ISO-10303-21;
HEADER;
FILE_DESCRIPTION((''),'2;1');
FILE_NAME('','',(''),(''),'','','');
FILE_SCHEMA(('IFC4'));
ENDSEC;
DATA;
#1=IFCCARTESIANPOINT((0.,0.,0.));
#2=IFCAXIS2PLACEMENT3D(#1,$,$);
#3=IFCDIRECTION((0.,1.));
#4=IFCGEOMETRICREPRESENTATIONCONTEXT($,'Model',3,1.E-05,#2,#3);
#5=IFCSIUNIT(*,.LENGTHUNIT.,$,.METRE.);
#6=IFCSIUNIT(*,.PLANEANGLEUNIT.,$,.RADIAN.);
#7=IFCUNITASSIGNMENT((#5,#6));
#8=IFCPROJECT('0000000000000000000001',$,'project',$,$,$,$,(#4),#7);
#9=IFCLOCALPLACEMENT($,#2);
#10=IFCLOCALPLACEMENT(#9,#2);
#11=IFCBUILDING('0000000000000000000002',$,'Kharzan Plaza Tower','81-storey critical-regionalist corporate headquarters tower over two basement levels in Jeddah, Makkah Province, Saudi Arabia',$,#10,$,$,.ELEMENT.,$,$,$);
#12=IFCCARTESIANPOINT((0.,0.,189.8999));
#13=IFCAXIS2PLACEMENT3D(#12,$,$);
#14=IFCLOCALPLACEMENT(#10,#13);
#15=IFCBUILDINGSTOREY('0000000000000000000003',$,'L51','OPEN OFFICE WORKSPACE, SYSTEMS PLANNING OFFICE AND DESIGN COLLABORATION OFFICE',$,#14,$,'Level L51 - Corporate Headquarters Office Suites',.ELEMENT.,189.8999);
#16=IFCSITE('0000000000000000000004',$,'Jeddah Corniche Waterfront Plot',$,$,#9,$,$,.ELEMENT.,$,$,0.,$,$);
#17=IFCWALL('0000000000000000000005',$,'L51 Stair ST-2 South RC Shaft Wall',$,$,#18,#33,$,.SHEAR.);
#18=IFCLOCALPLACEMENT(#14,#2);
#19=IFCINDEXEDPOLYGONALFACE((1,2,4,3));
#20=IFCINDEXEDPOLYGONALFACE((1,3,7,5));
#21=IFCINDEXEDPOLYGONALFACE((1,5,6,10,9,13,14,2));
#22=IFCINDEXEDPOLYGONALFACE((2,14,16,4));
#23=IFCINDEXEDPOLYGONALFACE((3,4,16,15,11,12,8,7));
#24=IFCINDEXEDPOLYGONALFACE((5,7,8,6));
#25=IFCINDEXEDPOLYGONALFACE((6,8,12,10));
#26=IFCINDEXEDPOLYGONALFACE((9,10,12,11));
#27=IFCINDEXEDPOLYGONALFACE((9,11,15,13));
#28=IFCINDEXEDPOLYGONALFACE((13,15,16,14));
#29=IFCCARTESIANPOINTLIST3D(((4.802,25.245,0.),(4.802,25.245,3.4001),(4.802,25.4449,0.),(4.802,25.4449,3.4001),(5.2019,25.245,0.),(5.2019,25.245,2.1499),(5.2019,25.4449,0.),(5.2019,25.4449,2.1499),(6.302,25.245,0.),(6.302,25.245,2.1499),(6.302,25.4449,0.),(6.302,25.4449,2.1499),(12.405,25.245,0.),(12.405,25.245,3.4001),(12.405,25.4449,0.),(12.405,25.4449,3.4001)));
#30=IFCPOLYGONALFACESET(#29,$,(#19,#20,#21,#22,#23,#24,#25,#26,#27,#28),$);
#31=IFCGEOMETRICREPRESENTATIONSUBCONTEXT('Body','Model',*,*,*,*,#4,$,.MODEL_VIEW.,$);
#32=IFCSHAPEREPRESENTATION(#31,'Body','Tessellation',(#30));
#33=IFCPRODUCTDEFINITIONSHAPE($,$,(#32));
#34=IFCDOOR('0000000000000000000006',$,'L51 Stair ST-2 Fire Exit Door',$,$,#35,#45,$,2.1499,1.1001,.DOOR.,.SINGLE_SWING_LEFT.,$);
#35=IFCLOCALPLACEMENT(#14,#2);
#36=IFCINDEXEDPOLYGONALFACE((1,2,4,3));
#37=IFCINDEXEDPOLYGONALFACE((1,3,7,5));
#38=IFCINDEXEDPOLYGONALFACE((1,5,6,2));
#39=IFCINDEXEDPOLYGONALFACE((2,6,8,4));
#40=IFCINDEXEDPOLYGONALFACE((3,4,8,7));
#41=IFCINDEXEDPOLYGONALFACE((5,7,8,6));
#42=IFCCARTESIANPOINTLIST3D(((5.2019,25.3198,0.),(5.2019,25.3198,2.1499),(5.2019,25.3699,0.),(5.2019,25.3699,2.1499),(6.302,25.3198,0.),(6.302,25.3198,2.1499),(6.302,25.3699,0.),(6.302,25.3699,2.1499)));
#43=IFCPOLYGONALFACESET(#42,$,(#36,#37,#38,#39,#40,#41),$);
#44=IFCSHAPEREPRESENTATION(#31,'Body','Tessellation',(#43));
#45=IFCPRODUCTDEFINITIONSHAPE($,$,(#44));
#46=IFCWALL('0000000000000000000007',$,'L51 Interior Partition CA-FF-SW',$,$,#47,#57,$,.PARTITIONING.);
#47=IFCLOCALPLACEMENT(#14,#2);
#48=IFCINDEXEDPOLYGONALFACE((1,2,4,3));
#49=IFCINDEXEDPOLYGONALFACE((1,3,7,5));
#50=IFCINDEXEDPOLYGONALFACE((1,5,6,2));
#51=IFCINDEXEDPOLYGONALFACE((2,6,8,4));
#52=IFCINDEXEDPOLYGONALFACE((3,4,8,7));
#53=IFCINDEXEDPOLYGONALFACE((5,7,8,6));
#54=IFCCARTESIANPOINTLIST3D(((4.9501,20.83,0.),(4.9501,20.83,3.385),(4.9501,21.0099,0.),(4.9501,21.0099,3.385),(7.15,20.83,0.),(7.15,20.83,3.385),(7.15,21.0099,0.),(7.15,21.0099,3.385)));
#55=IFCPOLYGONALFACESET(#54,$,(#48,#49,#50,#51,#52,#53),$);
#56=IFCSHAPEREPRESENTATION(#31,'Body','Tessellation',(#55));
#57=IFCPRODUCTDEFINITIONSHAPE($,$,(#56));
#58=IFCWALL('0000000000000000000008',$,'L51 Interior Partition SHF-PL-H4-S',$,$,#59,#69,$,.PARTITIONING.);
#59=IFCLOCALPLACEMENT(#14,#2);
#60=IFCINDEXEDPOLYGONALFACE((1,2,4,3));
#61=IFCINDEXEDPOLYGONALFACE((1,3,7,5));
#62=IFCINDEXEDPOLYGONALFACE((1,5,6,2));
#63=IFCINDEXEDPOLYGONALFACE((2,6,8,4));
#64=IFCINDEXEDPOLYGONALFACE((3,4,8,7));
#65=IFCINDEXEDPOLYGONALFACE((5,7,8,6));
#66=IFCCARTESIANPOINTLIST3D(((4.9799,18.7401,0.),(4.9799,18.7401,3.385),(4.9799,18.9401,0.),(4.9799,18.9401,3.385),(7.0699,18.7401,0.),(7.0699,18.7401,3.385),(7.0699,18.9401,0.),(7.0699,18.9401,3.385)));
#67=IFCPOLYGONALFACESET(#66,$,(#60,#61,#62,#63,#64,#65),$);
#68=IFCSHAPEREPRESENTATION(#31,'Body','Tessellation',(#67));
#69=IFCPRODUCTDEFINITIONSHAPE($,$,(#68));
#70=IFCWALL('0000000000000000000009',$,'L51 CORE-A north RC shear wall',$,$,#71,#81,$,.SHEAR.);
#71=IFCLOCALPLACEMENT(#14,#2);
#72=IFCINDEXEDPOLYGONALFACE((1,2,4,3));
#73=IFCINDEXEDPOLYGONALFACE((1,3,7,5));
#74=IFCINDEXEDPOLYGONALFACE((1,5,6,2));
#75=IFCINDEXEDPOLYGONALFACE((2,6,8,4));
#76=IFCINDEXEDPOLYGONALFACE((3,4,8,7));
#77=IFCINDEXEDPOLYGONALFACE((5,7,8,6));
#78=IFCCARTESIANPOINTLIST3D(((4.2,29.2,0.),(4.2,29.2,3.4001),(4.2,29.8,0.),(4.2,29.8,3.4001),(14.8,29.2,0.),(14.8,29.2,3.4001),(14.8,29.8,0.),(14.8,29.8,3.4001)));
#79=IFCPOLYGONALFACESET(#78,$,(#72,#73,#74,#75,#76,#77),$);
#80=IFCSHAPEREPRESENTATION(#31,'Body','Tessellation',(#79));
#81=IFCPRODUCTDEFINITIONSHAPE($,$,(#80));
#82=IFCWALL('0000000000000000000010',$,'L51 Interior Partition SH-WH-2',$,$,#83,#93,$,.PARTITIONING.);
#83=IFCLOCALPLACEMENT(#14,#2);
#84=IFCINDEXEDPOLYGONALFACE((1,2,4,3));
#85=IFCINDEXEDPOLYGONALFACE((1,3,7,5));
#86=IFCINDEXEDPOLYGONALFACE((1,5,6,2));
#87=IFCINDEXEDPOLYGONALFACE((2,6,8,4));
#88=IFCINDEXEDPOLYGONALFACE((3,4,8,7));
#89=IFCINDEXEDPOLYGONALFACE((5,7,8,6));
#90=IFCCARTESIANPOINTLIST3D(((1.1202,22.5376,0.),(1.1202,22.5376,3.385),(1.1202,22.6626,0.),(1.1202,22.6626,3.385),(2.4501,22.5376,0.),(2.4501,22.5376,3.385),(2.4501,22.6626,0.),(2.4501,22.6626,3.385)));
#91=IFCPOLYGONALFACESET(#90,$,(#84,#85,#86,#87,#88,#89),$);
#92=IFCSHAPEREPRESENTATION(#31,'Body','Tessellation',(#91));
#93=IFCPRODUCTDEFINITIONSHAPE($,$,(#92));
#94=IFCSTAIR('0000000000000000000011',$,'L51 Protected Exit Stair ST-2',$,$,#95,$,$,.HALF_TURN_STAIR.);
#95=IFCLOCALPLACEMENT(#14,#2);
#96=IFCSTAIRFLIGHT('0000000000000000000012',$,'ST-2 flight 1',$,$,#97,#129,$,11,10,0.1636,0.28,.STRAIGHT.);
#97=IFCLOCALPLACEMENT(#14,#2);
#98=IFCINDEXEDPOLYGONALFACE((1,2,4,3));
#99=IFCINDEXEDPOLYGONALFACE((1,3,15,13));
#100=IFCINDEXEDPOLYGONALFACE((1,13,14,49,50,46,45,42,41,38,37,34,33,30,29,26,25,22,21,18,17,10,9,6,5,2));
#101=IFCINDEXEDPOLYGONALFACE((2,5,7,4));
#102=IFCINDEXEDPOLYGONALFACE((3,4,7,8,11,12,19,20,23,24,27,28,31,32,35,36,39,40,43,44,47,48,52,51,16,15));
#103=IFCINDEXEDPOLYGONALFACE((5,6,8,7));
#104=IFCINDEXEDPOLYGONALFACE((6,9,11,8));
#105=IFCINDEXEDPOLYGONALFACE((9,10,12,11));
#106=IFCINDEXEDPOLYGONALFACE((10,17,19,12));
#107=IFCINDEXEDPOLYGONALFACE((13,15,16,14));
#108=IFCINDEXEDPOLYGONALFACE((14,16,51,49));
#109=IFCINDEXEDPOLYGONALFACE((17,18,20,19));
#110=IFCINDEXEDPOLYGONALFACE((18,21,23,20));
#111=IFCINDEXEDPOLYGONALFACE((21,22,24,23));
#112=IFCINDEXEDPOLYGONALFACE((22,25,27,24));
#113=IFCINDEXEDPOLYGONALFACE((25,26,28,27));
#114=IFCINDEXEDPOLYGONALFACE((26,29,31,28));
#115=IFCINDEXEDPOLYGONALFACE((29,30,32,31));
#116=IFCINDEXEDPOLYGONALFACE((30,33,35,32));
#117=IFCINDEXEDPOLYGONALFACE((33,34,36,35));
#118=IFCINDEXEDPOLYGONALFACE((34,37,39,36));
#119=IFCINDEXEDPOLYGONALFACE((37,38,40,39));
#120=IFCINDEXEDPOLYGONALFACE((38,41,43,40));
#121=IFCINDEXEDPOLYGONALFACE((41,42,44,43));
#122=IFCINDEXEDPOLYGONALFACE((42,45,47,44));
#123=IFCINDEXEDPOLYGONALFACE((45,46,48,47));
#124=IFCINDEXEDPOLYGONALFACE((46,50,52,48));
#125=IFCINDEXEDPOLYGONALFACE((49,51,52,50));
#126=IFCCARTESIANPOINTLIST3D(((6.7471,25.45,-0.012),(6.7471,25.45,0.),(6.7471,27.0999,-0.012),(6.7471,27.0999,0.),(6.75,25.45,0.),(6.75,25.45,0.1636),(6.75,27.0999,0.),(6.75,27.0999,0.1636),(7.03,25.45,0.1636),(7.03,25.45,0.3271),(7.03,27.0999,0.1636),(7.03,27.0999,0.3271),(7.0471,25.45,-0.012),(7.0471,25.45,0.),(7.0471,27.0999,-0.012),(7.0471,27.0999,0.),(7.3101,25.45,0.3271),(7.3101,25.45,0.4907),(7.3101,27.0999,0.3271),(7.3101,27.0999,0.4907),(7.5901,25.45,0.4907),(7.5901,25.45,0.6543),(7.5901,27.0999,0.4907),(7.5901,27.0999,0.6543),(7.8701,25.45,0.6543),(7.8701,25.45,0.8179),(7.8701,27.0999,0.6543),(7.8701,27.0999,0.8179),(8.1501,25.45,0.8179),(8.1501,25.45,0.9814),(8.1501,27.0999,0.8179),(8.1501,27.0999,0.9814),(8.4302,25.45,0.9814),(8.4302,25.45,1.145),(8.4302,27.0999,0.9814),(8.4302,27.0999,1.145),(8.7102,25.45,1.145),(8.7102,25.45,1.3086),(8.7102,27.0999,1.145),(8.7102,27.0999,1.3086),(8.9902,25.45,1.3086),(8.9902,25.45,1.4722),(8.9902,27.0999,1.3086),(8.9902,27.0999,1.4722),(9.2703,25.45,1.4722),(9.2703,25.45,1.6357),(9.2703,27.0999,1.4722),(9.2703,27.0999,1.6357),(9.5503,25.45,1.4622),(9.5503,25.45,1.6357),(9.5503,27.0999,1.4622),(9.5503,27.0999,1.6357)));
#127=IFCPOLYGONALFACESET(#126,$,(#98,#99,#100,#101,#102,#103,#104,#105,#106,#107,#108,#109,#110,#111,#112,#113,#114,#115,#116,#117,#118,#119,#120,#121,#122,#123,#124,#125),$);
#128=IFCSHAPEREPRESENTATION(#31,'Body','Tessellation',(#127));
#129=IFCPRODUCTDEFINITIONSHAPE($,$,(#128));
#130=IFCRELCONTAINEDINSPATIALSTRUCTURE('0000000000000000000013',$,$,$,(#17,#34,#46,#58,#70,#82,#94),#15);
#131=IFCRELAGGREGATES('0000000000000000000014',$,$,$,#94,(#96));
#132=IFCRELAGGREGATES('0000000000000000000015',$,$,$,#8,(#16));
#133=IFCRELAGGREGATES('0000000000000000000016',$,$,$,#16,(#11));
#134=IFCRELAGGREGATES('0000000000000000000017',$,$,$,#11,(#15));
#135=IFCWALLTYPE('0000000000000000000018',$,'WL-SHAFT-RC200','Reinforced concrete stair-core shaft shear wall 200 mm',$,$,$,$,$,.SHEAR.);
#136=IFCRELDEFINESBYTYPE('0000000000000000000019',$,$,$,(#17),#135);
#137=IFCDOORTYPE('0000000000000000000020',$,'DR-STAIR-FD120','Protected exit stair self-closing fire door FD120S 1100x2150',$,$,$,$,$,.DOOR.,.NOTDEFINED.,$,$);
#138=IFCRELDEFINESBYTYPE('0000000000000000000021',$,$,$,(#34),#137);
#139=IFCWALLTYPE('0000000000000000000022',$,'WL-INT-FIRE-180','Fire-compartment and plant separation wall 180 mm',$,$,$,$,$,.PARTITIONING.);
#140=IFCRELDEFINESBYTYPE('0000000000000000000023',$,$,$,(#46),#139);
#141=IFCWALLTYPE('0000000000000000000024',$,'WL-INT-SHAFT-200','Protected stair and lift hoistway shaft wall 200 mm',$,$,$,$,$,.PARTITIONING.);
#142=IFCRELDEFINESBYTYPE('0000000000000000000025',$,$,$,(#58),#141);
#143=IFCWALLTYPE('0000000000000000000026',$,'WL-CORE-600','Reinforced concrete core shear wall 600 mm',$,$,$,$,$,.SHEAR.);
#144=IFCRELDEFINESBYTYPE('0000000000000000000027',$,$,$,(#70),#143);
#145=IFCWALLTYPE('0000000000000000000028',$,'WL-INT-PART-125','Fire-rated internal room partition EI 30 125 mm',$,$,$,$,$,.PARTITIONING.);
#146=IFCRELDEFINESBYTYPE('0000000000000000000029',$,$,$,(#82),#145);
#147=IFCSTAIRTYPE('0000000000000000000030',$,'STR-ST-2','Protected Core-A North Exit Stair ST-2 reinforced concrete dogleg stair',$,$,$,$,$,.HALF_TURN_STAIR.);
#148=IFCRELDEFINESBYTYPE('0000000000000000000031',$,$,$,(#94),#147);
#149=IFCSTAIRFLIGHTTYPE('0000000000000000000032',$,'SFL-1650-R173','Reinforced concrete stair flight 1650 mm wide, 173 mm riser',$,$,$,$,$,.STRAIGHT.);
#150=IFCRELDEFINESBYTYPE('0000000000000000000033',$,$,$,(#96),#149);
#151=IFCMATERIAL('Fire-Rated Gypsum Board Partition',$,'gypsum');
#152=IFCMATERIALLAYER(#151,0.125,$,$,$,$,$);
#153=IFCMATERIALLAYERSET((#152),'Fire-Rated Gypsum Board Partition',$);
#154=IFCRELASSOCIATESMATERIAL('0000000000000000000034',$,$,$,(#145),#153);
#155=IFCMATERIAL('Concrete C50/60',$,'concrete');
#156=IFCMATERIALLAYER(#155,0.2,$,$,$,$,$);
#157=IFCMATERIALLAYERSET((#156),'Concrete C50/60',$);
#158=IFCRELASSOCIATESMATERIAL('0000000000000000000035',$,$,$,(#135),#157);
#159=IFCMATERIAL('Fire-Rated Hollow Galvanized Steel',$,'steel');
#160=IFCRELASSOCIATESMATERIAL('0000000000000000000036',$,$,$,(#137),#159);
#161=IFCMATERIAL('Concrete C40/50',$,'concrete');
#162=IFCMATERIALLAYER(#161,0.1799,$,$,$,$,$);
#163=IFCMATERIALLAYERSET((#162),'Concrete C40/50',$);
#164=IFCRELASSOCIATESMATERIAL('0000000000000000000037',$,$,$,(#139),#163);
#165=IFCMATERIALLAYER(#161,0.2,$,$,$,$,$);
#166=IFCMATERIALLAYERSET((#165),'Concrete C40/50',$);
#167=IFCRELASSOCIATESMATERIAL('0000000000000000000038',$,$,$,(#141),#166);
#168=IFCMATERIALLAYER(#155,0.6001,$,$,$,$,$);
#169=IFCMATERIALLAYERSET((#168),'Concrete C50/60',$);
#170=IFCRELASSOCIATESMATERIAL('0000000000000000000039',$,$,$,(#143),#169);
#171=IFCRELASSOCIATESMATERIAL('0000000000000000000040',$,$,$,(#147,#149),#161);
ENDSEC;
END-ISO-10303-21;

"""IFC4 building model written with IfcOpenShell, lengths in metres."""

from ifc_helpers import new_model, si_unit, direction, frame, frame_2d, origin, place, context, subcontext, project, spatial, polyline, rectangle, outline, extrude, source, transform, mapped, material, layer, layer_set, type_object, element, fill, aggregate, save


model = new_model("IFC4")

# Units and contexts
model_context = context("Model", 3, precision=1e-05, world=origin(), true_north=direction((0.0, 1.0)))
body_context = subcontext(model_context, "Body", "Model", "MODEL_VIEW")
ifc_project = project(units=[si_unit("LENGTHUNIT", "METRE"), si_unit("PLANEANGLEUNIT", "RADIAN")], contexts=[model_context])

# Site, building, storey
site_placement = place(None, origin())
site = spatial("IfcSite", under=ifc_project, at=site_placement, Name="Jeddah Corniche Waterfront Plot", CompositionType="ELEMENT", RefElevation=0.0)
building_placement = place(site_placement, origin())
building = spatial("IfcBuilding", under=site, at=building_placement, Name="Kharzan Plaza Tower", Description="81-storey critical-regionalist corporate headquarters tower over two basement levels in Jeddah, Makkah Province, Saudi Arabia", CompositionType="ELEMENT")
storey_placement = place(building_placement, frame((0.0, 0.0, 189.8999)))
storey = spatial("IfcBuildingStorey", under=building, at=storey_placement, Name="L51", Description="OPEN OFFICE WORKSPACE, SYSTEMS PLANNING OFFICE AND DESIGN COLLABORATION OFFICE", LongName="Level L51 - Corporate Headquarters Office Suites", CompositionType="ELEMENT", Elevation=189.8999)

# Shared definitions
ifc_material_1 = material(Name="Concrete C50/60", Category="concrete")

# Shared definitions
ifc_material_2 = material(Name="Concrete C40/50", Category="concrete")

# Wall, opening, door
ifc_material_3 = material(Name="Fire-Rated Gypsum Board Partition", Category="gypsum")
ifc_layer_1 = layer(ifc_material_3, 0.125)
ifc_layer_set_1 = layer_set([ifc_layer_1], Name="Fire-Rated Gypsum Board Partition")
wall_type_1 = type_object("IfcWallType", Name="WL-INT-PART-125", Description="Fire-rated internal room partition EI 30 125 mm", PredefinedType="PARTITIONING", material=ifc_layer_set_1)
ifc_layer_2 = layer(ifc_material_1, 0.2)
ifc_layer_set_2 = layer_set([ifc_layer_2], Name="Concrete C50/60")
wall_type_2 = type_object("IfcWallType", Name="WL-SHAFT-RC200", Description="Reinforced concrete stair-core shaft shear wall 200 mm", PredefinedType="SHEAR", material=ifc_layer_set_2)
wall_1_placement = place(storey_placement, frame((4.802, 25.345, 0.0), z_axis=(0.0, 0.0, 1.0), x_axis=(1.0, 0.0, 0.0)))
wall_1 = element("IfcWall", 1, at=wall_1_placement, inside=storey, type_object=wall_type_2, Name="L51 Stair ST-2 South RC Shaft Wall", PredefinedType="SHEAR", context=body_context, shape_type="SweptSolid", body=[
    extrude(rectangle(XDim=7.603, YDim=0.2, at=frame_2d((3.8015, 0.0))), origin(), (0.0, 0.0, 1.0), 3.4001),
])
opening_1_placement = place(wall_1_placement, frame((0.3999, 0.0, 0.0)))
opening_1 = element("IfcOpeningElement", 2, at=opening_1_placement, cuts=wall_1, PredefinedType="OPENING", context=body_context, shape_type="SweptSolid", body=[
    extrude(rectangle(XDim=1.1001, YDim=2.1499, at=frame_2d((0.55, 1.075))), frame((0.0, 0.1099, 0.0), z_axis=(0.0, -1.0, 0.0), x_axis=(1.0, 0.0, 0.0)), (0.0, 0.0, 1.0), 0.22),
])
ifc_material_4 = material(Name="Fire-Rated Hollow Galvanized Steel", Category="steel")
door_type_1 = type_object("IfcDoorType", Name="DR-STAIR-FD120", Description="Protected exit stair self-closing fire door FD120S 1100x2150", OperationType="NOTDEFINED", PredefinedType="DOOR", material=ifc_material_4)
shared_shape_1 = source(origin(), body_context, "Body", "SweptSolid", [
    extrude(rectangle(XDim=1.1001, YDim=2.1499, at=frame_2d((0.55, 1.075))), frame((0.0, 0.0249, 0.0), z_axis=(0.0, -1.0, 0.0), x_axis=(1.0, 0.0, 0.0)), (0.0, 0.0, 1.0), 0.05),
])
door_1_placement = place(opening_1_placement, origin())
door_1 = element("IfcDoor", 3, at=door_1_placement, inside=storey, type_object=door_type_1, Name="L51 Stair ST-2 Fire Exit Door", OperationType="SINGLE_SWING_LEFT", OverallHeight=2.1499, OverallWidth=1.1001, PredefinedType="DOOR", context=body_context, shape_type="MappedRepresentation", body=[
    mapped(shared_shape_1, transform((0.0, 0.0, 0.0), x_axis=(1.0, 0.0, 0.0), y_axis=(0.0, 1.0, 0.0), z_axis=(0.0, 0.0, 1.0))),
])
fill(opening_1, door_1)

# Walls
ifc_layer_3 = layer(ifc_material_2, 0.1799)
ifc_layer_set_3 = layer_set([ifc_layer_3], Name="Concrete C40/50")
wall_type_3 = type_object("IfcWallType", Name="WL-INT-FIRE-180", Description="Fire-compartment and plant separation wall 180 mm", PredefinedType="PARTITIONING", material=ifc_layer_set_3)
shared_shape_2 = source(origin(), body_context, "Body", "SweptSolid", [
    extrude(rectangle(XDim=2.2, YDim=0.1799, at=frame_2d((1.1001, 0.0))), origin(), (0.0, 0.0, 1.0), 3.385),
])
wall_2_placement = place(storey_placement, frame((4.95, 20.9199, 0.0), z_axis=(0.0, 0.0, 1.0), x_axis=(1.0, 0.0, 0.0)))
element("IfcWall", 4, at=wall_2_placement, inside=storey, type_object=wall_type_3, Name="L51 Interior Partition CA-FF-SW", PredefinedType="PARTITIONING", context=body_context, shape_type="MappedRepresentation", body=[
    mapped(shared_shape_2, transform((0.0, 0.0, 0.0), x_axis=(1.0, 0.0, 0.0), y_axis=(0.0, 1.0, 0.0), z_axis=(0.0, 0.0, 1.0))),
])
ifc_layer_4 = layer(ifc_material_2, 0.2)
ifc_layer_set_4 = layer_set([ifc_layer_4], Name="Concrete C40/50")
wall_type_4 = type_object("IfcWallType", Name="WL-INT-SHAFT-200", Description="Protected stair and lift hoistway shaft wall 200 mm", PredefinedType="PARTITIONING", material=ifc_layer_set_4)
shared_shape_3 = source(origin(), body_context, "Body", "SweptSolid", [
    extrude(rectangle(XDim=2.0901, YDim=0.2, at=frame_2d((1.0449, 0.0))), origin(), (0.0, 0.0, 1.0), 3.385),
])
wall_3_placement = place(storey_placement, frame((4.98, 18.8401, 0.0), z_axis=(0.0, 0.0, 1.0), x_axis=(1.0, 0.0, 0.0)))
element("IfcWall", 5, at=wall_3_placement, inside=storey, type_object=wall_type_4, Name="L51 Interior Partition SHF-PL-H4-S", PredefinedType="PARTITIONING", context=body_context, shape_type="MappedRepresentation", body=[
    mapped(shared_shape_3, transform((0.0, 0.0, 0.0), x_axis=(1.0, 0.0, 0.0), y_axis=(0.0, 1.0, 0.0), z_axis=(0.0, 0.0, 1.0))),
])
ifc_layer_5 = layer(ifc_material_1, 0.6001)
ifc_layer_set_5 = layer_set([ifc_layer_5], Name="Concrete C50/60")
wall_type_5 = type_object("IfcWallType", Name="WL-CORE-600", Description="Reinforced concrete core shear wall 600 mm", PredefinedType="SHEAR", material=ifc_layer_set_5)
shared_shape_4 = source(origin(), body_context, "Body", "SweptSolid", [
    extrude(rectangle(XDim=10.6001, YDim=0.6001, at=frame_2d((5.3, 0.0))), origin(), (0.0, 0.0, 1.0), 3.4001),
])
wall_4_placement = place(storey_placement, frame((4.2, 29.5, 0.0), z_axis=(0.0, 0.0, 1.0), x_axis=(1.0, 0.0, 0.0)))
element("IfcWall", 6, at=wall_4_placement, inside=storey, type_object=wall_type_5, Name="L51 CORE-A north RC shear wall", PredefinedType="SHEAR", context=body_context, shape_type="MappedRepresentation", body=[
    mapped(shared_shape_4, transform((0.0, 0.0, 0.0), x_axis=(1.0, 0.0, 0.0), y_axis=(0.0, 1.0, 0.0), z_axis=(0.0, 0.0, 1.0))),
])
shared_shape_5 = source(origin(), body_context, "Body", "SweptSolid", [
    extrude(rectangle(XDim=1.3298, YDim=0.125, at=frame_2d((0.665, 0.0))), origin(), (0.0, 0.0, 1.0), 3.385),
])
wall_5_placement = place(storey_placement, frame((1.1201, 22.6001, 0.0), z_axis=(0.0, 0.0, 1.0), x_axis=(1.0, 0.0, 0.0)))
element("IfcWall", 7, at=wall_5_placement, inside=storey, type_object=wall_type_1, Name="L51 Interior Partition SH-WH-2", PredefinedType="PARTITIONING", context=body_context, shape_type="MappedRepresentation", body=[
    mapped(shared_shape_5, transform((0.0, 0.0, 0.0), x_axis=(1.0, 0.0, 0.0), y_axis=(0.0, 1.0, 0.0), z_axis=(0.0, 0.0, 1.0))),
])

# Stair, stair flight
stair_type = type_object("IfcStairType", Name="STR-ST-2", Description="Protected Core-A North Exit Stair ST-2 reinforced concrete dogleg stair", PredefinedType="HALF_TURN_STAIR", material=ifc_material_2)
stair_placement = place(storey_placement, origin())
stair = element("IfcStair", 8, at=stair_placement, inside=storey, type_object=stair_type, Name="L51 Protected Exit Stair ST-2", PredefinedType="HALF_TURN_STAIR")
stair_flight_type = type_object("IfcStairFlightType", Name="SFL-1650-R173", Description="Reinforced concrete stair flight 1650 mm wide, 173 mm riser", PredefinedType="STRAIGHT", material=ifc_material_2)
shared_shape_6 = source(origin(), body_context, "Body", "SweptSolid", [
    extrude(outline(polyline([(-0.0029, -0.012), (-0.0029, 0.0), (0.0, 0.0), (0.0, 0.1636), (0.28, 0.1636), (0.28, 0.3271), (0.5601, 0.3271), (0.5601, 0.4907), (0.8401, 0.4907), (0.8401, 0.6543), (1.1201, 0.6543), (1.1201, 0.8179), (1.4001, 0.8179), (1.4001, 0.9814), (1.6802, 0.9814), (1.6802, 1.145), (1.9602, 1.145), (1.9602, 1.3086), (2.2402, 1.3086), (2.2402, 1.4722), (2.5203, 1.4722), (2.5203, 1.6357), (2.8003, 1.6357), (2.8003, 1.7993), (2.8003, 1.4622), (0.2971, 0.0), (0.2971, -0.012), (-0.0029, -0.012)])), frame((0.0, 0.825, 0.0), z_axis=(0.0, -1.0, 0.0), x_axis=(1.0, 0.0, 0.0)), (0.0, 0.0, 1.0), 1.6499),
])
stair_flight_placement = place(storey_placement, frame((6.75, 26.2749, 0.0), z_axis=(0.0, 0.0, 1.0), x_axis=(1.0, 0.0, 0.0)))
stair_flight = element("IfcStairFlight", 9, at=stair_flight_placement, type_object=stair_flight_type, Name="ST-2 flight 1", NumberOfRisers=11, NumberOfTreads=10, PredefinedType="STRAIGHT", RiserHeight=0.1636, TreadLength=0.28, context=body_context, shape_type="MappedRepresentation", body=[
    mapped(shared_shape_6, transform((0.0, 0.0, 0.0), x_axis=(1.0, 0.0, 0.0), y_axis=(0.0, 1.0, 0.0), z_axis=(0.0, 0.0, 1.0))),
])
aggregate(stair, [stair_flight])

save(model, "model.ifc")
